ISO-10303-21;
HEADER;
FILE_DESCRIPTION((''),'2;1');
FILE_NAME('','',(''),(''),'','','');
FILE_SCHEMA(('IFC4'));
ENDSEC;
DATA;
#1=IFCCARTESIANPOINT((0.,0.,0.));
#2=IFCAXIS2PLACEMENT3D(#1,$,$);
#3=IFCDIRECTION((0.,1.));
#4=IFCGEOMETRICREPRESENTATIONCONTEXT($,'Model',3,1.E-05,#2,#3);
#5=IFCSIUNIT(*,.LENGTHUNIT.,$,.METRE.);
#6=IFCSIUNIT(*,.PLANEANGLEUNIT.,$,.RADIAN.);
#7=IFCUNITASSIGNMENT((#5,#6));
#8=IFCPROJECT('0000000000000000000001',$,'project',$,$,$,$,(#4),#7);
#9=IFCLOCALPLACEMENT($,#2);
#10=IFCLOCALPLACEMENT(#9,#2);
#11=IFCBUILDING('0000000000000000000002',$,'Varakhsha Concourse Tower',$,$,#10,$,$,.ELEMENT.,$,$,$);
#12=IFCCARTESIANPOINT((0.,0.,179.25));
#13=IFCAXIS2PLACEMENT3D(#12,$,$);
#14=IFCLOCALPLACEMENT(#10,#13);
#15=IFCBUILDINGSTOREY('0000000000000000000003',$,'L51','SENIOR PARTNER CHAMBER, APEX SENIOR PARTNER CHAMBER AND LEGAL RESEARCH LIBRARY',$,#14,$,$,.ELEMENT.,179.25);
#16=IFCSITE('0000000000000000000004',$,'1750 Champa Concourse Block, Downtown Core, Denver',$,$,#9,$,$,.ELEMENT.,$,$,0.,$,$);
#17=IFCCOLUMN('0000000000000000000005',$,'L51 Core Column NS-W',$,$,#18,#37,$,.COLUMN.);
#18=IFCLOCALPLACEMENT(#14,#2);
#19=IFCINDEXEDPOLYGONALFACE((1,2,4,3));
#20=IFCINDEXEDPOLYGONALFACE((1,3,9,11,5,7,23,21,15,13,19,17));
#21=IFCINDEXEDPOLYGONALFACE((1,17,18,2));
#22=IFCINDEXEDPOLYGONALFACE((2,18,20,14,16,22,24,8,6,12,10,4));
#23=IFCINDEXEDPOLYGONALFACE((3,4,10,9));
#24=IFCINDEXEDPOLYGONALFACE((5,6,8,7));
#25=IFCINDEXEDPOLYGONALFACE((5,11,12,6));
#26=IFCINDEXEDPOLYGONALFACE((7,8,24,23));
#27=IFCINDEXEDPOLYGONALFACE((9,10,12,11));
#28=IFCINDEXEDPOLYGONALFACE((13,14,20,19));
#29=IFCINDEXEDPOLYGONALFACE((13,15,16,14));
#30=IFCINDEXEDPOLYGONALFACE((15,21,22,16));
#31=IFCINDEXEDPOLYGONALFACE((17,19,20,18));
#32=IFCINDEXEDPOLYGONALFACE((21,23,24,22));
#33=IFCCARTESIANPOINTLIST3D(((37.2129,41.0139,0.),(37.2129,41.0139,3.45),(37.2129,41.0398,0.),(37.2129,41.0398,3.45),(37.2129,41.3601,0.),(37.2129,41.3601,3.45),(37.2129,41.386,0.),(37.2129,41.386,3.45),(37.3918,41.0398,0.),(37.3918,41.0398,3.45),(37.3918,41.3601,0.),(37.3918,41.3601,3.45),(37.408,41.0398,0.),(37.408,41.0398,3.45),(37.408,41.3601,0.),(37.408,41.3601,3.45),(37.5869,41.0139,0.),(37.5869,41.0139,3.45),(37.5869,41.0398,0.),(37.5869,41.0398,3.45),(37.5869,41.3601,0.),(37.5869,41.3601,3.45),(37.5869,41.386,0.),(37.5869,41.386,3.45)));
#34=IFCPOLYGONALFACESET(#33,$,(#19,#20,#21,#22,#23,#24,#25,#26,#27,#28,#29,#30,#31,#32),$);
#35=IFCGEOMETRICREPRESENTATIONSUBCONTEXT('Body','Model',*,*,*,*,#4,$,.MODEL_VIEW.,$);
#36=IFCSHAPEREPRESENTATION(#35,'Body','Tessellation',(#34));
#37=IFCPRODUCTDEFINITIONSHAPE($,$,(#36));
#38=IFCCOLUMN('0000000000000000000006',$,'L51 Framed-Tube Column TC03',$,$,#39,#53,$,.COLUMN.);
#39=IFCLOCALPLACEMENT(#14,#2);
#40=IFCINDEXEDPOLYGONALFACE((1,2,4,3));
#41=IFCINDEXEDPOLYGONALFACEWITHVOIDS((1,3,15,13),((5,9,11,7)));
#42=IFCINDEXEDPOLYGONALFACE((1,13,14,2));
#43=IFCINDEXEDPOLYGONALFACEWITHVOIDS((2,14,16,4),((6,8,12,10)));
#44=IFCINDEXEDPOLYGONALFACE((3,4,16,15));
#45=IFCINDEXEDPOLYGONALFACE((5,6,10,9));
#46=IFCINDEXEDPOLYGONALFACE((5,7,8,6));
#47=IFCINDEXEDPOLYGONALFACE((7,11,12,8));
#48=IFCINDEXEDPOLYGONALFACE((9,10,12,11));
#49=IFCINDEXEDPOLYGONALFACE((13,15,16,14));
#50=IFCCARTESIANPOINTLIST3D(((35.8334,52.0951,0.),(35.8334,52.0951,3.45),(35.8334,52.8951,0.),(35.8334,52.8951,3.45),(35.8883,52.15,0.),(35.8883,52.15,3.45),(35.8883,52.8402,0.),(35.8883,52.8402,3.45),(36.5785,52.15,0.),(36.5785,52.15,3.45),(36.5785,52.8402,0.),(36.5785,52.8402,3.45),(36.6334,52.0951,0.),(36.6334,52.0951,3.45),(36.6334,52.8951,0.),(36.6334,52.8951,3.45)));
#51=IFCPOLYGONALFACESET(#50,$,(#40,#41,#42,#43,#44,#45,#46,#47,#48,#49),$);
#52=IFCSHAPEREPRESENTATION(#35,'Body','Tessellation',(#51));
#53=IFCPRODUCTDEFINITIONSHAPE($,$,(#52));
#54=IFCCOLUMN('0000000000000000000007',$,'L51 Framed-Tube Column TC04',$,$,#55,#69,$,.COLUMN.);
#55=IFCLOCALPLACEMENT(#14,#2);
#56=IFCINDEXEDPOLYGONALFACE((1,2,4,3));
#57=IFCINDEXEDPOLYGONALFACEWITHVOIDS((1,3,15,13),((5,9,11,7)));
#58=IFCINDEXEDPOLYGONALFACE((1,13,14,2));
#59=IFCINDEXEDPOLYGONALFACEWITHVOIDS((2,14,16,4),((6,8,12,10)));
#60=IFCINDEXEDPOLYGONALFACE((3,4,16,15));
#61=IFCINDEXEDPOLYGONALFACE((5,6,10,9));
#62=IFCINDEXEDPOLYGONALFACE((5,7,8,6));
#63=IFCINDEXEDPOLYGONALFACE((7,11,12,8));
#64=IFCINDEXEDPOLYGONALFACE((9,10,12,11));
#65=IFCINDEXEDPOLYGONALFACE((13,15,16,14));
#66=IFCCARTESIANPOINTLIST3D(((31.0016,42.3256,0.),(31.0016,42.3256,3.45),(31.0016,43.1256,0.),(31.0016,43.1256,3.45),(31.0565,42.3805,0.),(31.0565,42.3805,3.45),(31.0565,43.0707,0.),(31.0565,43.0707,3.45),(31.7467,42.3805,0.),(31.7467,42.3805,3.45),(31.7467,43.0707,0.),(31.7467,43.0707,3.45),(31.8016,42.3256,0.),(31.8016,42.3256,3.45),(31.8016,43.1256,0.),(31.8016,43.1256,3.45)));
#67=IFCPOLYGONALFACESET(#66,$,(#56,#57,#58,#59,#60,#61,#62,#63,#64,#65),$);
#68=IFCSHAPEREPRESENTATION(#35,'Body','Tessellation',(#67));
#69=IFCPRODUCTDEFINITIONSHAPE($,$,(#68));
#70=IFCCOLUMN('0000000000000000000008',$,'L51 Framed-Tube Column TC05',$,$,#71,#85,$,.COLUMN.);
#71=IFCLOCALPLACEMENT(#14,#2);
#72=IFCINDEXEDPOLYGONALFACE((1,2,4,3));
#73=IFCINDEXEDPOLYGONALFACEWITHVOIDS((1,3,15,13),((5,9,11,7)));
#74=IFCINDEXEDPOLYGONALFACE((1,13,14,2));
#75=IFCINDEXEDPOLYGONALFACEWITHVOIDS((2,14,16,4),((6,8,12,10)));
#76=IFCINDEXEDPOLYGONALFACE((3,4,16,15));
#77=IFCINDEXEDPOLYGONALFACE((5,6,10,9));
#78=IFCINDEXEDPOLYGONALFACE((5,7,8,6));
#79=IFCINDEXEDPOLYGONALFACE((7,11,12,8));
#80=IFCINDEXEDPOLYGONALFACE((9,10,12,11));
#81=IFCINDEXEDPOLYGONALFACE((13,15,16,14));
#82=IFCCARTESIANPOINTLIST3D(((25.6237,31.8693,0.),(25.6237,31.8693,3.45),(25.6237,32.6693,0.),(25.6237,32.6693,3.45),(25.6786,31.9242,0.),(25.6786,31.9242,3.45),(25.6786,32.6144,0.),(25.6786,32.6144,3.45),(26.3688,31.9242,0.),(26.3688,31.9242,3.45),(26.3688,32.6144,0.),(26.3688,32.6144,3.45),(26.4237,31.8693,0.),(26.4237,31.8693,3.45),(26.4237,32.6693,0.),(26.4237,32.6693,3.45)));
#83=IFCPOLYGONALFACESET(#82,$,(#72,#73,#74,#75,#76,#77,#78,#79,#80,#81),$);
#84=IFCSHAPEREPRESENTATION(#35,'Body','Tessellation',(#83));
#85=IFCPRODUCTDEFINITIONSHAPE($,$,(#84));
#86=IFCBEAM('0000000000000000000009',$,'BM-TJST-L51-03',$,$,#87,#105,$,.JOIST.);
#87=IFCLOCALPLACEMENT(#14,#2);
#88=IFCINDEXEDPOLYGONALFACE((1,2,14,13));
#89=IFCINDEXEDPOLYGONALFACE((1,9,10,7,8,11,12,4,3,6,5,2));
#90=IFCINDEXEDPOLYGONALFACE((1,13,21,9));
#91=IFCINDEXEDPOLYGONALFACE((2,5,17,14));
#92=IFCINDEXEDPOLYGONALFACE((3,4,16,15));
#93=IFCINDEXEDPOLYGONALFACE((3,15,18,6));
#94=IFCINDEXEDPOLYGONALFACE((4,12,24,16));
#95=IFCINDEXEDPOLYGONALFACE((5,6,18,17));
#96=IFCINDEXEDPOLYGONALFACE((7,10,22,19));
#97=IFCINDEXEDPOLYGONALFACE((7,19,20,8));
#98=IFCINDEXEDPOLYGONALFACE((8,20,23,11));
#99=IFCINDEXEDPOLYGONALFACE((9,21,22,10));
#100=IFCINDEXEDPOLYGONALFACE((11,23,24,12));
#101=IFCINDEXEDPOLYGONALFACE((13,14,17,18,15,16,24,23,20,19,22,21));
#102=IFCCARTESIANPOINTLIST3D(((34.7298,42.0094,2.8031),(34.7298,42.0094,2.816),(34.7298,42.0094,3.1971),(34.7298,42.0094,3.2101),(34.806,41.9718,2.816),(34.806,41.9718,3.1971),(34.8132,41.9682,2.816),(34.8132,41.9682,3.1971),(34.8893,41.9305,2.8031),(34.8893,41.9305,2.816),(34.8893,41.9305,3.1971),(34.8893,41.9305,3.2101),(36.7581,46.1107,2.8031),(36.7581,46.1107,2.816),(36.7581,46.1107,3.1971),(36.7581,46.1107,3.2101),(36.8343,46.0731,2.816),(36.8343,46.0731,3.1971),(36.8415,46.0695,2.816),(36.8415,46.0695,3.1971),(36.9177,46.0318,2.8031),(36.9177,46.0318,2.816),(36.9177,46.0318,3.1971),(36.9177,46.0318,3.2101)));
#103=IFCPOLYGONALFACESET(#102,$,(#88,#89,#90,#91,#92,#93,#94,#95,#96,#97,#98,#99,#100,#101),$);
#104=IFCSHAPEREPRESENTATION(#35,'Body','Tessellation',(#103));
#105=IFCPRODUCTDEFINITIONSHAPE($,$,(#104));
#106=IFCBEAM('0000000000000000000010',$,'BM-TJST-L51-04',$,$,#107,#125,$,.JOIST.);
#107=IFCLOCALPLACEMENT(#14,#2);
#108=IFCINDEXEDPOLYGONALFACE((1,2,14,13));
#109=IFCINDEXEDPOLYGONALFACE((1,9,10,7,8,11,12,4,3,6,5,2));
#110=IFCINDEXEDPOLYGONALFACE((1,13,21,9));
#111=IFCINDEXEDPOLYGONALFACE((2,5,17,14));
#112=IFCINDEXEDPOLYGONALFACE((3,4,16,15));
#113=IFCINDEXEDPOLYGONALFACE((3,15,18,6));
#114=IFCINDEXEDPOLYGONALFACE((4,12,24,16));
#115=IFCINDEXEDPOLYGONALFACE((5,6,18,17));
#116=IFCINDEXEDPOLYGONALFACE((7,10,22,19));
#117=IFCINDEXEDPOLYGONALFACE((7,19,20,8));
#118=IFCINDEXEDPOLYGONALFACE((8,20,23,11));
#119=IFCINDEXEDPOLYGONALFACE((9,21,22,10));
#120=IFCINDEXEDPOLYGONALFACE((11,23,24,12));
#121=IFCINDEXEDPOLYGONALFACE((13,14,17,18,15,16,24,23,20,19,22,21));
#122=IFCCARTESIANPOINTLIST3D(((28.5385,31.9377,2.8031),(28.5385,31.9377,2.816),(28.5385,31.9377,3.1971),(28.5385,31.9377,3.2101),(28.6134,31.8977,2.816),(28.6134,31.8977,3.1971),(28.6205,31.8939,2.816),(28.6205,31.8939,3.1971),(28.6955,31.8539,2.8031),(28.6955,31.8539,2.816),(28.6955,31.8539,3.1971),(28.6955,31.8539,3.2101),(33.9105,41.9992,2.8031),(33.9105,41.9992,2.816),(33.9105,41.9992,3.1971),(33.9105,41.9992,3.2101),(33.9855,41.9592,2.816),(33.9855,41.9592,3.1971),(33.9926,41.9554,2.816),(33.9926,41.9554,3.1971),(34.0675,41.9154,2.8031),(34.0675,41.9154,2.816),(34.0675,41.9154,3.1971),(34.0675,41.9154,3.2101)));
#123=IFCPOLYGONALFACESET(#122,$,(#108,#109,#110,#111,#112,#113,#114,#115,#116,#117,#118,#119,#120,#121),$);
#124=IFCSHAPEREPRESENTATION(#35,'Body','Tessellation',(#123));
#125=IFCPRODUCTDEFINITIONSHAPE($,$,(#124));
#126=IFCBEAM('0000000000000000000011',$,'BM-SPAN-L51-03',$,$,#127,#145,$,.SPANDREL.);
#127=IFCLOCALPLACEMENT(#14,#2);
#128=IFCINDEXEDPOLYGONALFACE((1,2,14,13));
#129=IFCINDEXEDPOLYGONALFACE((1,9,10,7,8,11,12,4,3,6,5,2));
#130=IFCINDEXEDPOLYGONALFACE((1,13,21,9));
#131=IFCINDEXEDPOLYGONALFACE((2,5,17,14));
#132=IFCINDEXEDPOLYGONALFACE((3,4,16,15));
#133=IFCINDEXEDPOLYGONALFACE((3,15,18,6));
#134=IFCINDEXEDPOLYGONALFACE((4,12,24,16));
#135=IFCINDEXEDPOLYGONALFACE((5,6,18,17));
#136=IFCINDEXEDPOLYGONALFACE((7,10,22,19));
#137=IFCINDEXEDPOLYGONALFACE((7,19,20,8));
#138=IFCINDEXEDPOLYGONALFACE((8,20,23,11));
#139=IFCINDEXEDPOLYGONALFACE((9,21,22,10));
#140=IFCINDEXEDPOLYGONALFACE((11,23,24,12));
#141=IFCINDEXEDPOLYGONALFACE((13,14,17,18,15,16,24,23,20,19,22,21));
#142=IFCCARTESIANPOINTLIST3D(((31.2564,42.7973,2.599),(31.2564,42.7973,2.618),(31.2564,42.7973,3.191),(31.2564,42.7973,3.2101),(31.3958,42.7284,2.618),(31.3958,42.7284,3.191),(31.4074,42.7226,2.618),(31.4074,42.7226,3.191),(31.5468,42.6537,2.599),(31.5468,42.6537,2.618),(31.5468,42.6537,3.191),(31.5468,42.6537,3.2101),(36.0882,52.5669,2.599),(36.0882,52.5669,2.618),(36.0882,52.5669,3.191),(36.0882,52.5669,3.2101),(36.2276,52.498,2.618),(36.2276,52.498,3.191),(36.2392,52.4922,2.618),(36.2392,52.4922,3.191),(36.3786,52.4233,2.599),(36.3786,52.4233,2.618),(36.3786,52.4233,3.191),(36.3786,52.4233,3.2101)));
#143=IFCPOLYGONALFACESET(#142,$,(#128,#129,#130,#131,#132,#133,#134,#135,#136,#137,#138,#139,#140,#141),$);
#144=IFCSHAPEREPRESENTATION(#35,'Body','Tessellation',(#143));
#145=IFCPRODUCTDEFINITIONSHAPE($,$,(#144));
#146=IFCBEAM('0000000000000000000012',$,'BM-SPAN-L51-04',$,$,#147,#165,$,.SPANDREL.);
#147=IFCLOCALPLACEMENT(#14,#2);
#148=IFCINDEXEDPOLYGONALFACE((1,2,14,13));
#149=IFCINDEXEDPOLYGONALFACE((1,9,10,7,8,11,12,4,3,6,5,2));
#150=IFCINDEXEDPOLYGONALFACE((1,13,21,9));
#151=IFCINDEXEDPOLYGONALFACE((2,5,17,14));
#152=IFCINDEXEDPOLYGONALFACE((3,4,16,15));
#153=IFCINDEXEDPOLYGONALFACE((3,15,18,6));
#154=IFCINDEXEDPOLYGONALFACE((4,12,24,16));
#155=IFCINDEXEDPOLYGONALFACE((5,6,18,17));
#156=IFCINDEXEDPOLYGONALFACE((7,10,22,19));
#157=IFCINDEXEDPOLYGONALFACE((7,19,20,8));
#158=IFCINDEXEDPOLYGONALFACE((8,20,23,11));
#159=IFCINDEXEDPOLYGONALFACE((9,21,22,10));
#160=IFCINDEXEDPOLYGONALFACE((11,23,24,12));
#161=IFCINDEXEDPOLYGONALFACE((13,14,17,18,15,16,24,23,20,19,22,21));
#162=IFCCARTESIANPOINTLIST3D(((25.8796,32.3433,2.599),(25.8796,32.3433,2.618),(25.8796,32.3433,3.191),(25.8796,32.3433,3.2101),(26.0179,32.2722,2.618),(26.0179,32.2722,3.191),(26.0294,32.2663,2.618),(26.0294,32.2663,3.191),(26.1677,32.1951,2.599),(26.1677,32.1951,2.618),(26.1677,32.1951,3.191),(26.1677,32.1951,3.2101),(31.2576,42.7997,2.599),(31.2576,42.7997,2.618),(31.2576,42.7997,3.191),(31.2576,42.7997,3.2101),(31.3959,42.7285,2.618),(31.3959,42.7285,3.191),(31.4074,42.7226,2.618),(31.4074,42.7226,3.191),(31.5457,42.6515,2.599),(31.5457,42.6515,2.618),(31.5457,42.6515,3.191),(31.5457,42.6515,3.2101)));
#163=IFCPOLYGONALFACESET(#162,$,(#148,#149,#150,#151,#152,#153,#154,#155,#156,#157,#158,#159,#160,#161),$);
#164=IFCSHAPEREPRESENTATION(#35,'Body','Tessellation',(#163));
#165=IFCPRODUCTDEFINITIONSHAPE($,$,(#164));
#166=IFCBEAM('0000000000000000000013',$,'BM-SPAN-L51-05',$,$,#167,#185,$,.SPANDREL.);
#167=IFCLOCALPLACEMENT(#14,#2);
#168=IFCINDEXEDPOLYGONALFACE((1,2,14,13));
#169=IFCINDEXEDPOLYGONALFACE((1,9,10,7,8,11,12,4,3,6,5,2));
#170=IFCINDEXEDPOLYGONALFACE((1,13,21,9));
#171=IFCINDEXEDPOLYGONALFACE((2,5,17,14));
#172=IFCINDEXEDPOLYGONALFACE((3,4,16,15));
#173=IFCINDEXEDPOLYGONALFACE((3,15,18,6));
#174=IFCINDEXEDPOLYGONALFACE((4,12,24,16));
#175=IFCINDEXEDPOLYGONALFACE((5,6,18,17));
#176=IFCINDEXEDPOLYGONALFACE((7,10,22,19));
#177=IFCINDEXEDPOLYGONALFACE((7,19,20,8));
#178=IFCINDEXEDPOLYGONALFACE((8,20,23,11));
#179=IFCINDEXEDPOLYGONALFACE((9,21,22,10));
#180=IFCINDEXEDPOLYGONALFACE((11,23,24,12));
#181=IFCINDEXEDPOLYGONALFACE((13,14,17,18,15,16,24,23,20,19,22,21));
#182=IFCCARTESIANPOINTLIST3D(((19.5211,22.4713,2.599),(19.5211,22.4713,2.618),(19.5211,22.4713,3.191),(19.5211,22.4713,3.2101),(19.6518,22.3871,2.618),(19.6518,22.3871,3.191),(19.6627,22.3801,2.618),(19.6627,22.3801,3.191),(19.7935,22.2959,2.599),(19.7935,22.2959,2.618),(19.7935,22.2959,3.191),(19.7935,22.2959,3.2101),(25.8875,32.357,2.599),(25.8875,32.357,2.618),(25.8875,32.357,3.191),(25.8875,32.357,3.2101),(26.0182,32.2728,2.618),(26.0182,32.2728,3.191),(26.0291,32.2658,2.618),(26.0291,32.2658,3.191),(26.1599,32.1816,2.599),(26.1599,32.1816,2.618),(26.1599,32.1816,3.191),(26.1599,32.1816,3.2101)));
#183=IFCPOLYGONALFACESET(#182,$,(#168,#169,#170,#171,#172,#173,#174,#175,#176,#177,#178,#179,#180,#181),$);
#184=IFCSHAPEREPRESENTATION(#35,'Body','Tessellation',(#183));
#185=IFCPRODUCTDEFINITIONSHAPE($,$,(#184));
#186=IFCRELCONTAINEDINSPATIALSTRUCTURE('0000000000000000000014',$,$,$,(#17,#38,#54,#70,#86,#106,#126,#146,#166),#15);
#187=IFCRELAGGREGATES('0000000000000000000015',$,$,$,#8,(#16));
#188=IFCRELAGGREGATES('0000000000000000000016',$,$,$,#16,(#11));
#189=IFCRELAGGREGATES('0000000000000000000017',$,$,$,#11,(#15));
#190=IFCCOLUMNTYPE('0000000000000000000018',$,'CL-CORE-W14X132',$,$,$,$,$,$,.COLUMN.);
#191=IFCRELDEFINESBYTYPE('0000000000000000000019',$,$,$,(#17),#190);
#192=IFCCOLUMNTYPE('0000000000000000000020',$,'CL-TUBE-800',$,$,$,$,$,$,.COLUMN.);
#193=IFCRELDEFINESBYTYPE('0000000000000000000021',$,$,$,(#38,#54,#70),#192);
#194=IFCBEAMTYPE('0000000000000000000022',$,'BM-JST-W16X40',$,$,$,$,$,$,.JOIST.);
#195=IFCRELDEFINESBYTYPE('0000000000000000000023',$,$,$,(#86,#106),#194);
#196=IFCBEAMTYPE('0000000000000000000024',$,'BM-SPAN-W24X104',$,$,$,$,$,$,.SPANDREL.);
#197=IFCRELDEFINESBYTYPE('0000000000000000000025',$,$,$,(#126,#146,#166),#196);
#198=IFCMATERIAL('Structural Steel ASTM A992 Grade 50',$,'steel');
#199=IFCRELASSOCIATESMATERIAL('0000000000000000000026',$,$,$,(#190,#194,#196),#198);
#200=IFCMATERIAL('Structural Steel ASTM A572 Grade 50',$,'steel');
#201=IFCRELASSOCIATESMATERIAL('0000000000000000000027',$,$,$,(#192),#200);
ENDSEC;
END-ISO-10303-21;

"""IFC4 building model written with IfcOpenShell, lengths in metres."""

from ifc_helpers import new_model, si_unit, direction, frame, origin, origin_2d, place, context, subcontext, project, spatial, hollow_rectangle, i_section, extrude, material, material_profile, profile_set, type_object, element, save


model = new_model("IFC4")

# Units and contexts
model_context = context("Model", 3, precision=1e-05, world=origin(), true_north=direction((0.0, 1.0)))
body_context = subcontext(model_context, "Body", "Model", "MODEL_VIEW")
ifc_project = project(units=[si_unit("LENGTHUNIT", "METRE"), si_unit("PLANEANGLEUNIT", "RADIAN")], contexts=[model_context])

# Site, building, storey
site_placement = place(None, origin())
site = spatial("IfcSite", under=ifc_project, at=site_placement, Name="1750 Champa Concourse Block, Downtown Core, Denver", CompositionType="ELEMENT", RefElevation=0.0)
building_placement = place(site_placement, origin())
building = spatial("IfcBuilding", under=site, at=building_placement, Name="Varakhsha Concourse Tower", CompositionType="ELEMENT")
storey_placement = place(building_placement, frame((0.0, 0.0, 179.25)))
storey = spatial("IfcBuildingStorey", under=building, at=storey_placement, Name="L51", Description="SENIOR PARTNER CHAMBER, APEX SENIOR PARTNER CHAMBER AND LEGAL RESEARCH LIBRARY", CompositionType="ELEMENT", Elevation=179.25)

# Columns
ifc_material_1 = material(Name="Structural Steel ASTM A992 Grade 50", Category="steel")
ifc_material_profile_1 = material_profile(ifc_material_1, i_section(OverallWidth=0.374, OverallDepth=0.3721, WebThickness=0.0161, FlangeThickness=0.0259, at=origin_2d()), Name="W14X132")
ifc_profile_set_1 = profile_set([ifc_material_profile_1], Name="Structural Steel ASTM A992 Grade 50")
column_type_1 = type_object("IfcColumnType", Name="CL-CORE-W14X132", PredefinedType="COLUMN", material=ifc_profile_set_1)
column_placement = place(storey_placement, frame((37.3999, 41.2, 0.0), z_axis=(0.0, 0.0, 1.0), x_axis=(1.0, 0.0, 0.0)))
element("IfcColumn", 1, at=column_placement, inside=storey, type_object=column_type_1, Name="L51 Core Column NS-W", PredefinedType="COLUMN", context=body_context, shape_type="SweptSolid", body=[
    extrude(i_section(OverallWidth=0.374, OverallDepth=0.3721, WebThickness=0.0161, FlangeThickness=0.0259, at=origin_2d()), origin(), (0.0, 0.0, 1.0), 3.45),
])
ifc_material_2 = material(Name="Structural Steel ASTM A572 Grade 50", Category="steel")
ifc_material_profile_2 = material_profile(ifc_material_2, hollow_rectangle(XDim=0.8, YDim=0.8, WallThickness=0.0549, at=origin_2d()), Name="BOX 800x800x55")
ifc_profile_set_2 = profile_set([ifc_material_profile_2], Name="Structural Steel ASTM A572 Grade 50")
column_type_2 = type_object("IfcColumnType", Name="CL-TUBE-800", PredefinedType="COLUMN", material=ifc_profile_set_2)
for number, where, z_axis, x_axis, name in (
    (2, (36.2334, 52.4951, 0.0), (0.0, 0.0, 1.0), (1.0, 0.0, 0.0), "L51 Framed-Tube Column TC03"),
    (3, (31.4016, 42.7256, 0.0), (0.0, 0.0, 1.0), (1.0, 0.0, 0.0), "L51 Framed-Tube Column TC04"),
    (4, (26.0237, 32.2693, 0.0), (0.0, 0.0, 1.0), (1.0, 0.0, 0.0), "L51 Framed-Tube Column TC05"),
):
    element("IfcColumn", number, at=place(storey_placement, frame(where, z_axis=z_axis, x_axis=x_axis)), inside=storey, type_object=column_type_2, Name=name, PredefinedType="COLUMN", context=body_context, shape_type="SweptSolid", body=[
        extrude(hollow_rectangle(XDim=0.8, YDim=0.8, WallThickness=0.0549, at=origin_2d()), origin(), (0.0, 0.0, 1.0), 3.45),
    ])

# Beams
ifc_material_profile_3 = material_profile(ifc_material_1, i_section(OverallWidth=0.178, OverallDepth=0.407, WebThickness=0.0081, FlangeThickness=0.0129, at=origin_2d()), Name="W16X40")
ifc_profile_set_3 = profile_set([ifc_material_profile_3], Name="Structural Steel ASTM A992 Grade 50")
beam_type_1 = type_object("IfcBeamType", Name="BM-JST-W16X40", PredefinedType="JOIST", material=ifc_profile_set_3)
beam_1_placement = place(storey_placement, frame((36.8379, 46.0713, 3.0066), z_axis=(-0.443303, -0.896372, 0.0), x_axis=(0.896372, -0.443303, 0.0)))
element("IfcBeam", 5, at=beam_1_placement, inside=storey, type_object=beam_type_1, Name="BM-TJST-L51-03", PredefinedType="JOIST", context=body_context, shape_type="SweptSolid", body=[
    extrude(i_section(OverallWidth=0.178, OverallDepth=0.407, WebThickness=0.0081, FlangeThickness=0.0129, at=origin_2d()), origin(), (0.0, 0.0, 1.0), 4.5754),
])
beam_2_placement = place(storey_placement, frame((33.989, 41.9573, 3.0066), z_axis=(-0.470993, -0.882137, 0.0), x_axis=(0.882137, -0.470993, 0.0)))
element("IfcBeam", 6, at=beam_2_placement, inside=storey, type_object=beam_type_1, Name="BM-TJST-L51-04", PredefinedType="JOIST", context=body_context, shape_type="SweptSolid", body=[
    extrude(i_section(OverallWidth=0.178, OverallDepth=0.407, WebThickness=0.0081, FlangeThickness=0.0129, at=origin_2d()), origin(), (0.0, 0.0, 1.0), 11.4058),
])
ifc_material_profile_4 = material_profile(ifc_material_1, i_section(OverallWidth=0.324, OverallDepth=0.6111, WebThickness=0.0129, FlangeThickness=0.019, at=origin_2d()), Name="W24X104")
ifc_profile_set_4 = profile_set([ifc_material_profile_4], Name="Structural Steel ASTM A992 Grade 50")
beam_type_2 = type_object("IfcBeamType", Name="BM-SPAN-W24X104", PredefinedType="SPANDREL", material=ifc_profile_set_4)
beam_3_placement = place(storey_placement, frame((36.2334, 52.4951, 2.9045), z_axis=(-0.443321, -0.896363, 0.0), x_axis=(0.896363, -0.443321, 0.0)))
element("IfcBeam", 7, at=beam_3_placement, inside=storey, type_object=beam_type_2, Name="BM-SPAN-L51-03", PredefinedType="SPANDREL", context=body_context, shape_type="SweptSolid", body=[
    extrude(i_section(OverallWidth=0.324, OverallDepth=0.6111, WebThickness=0.0129, FlangeThickness=0.019, at=origin_2d()), origin(), (0.0, 0.0, 1.0), 10.8992),
])
for number, where, z_axis, x_axis, name in (
    (8, (31.4016, 42.7256, 2.9045), (-0.457375, -0.889274, 0.0), (0.889274, -0.457375, 0.0), "BM-SPAN-L51-04"),
    (9, (26.0237, 32.2693, 2.9045), (-0.54144, -0.84074, 0.0), (0.84074, -0.54144, 0.0), "BM-SPAN-L51-05"),
):
    element("IfcBeam", number, at=place(storey_placement, frame(where, z_axis=z_axis, x_axis=x_axis)), inside=storey, type_object=beam_type_2, Name=name, PredefinedType="SPANDREL", context=body_context, shape_type="SweptSolid", body=[
        extrude(i_section(OverallWidth=0.324, OverallDepth=0.6111, WebThickness=0.0129, FlangeThickness=0.019, at=origin_2d()), origin(), (0.0, 0.0, 1.0), 11.7583),
    ])

save(model, "model.ifc")
